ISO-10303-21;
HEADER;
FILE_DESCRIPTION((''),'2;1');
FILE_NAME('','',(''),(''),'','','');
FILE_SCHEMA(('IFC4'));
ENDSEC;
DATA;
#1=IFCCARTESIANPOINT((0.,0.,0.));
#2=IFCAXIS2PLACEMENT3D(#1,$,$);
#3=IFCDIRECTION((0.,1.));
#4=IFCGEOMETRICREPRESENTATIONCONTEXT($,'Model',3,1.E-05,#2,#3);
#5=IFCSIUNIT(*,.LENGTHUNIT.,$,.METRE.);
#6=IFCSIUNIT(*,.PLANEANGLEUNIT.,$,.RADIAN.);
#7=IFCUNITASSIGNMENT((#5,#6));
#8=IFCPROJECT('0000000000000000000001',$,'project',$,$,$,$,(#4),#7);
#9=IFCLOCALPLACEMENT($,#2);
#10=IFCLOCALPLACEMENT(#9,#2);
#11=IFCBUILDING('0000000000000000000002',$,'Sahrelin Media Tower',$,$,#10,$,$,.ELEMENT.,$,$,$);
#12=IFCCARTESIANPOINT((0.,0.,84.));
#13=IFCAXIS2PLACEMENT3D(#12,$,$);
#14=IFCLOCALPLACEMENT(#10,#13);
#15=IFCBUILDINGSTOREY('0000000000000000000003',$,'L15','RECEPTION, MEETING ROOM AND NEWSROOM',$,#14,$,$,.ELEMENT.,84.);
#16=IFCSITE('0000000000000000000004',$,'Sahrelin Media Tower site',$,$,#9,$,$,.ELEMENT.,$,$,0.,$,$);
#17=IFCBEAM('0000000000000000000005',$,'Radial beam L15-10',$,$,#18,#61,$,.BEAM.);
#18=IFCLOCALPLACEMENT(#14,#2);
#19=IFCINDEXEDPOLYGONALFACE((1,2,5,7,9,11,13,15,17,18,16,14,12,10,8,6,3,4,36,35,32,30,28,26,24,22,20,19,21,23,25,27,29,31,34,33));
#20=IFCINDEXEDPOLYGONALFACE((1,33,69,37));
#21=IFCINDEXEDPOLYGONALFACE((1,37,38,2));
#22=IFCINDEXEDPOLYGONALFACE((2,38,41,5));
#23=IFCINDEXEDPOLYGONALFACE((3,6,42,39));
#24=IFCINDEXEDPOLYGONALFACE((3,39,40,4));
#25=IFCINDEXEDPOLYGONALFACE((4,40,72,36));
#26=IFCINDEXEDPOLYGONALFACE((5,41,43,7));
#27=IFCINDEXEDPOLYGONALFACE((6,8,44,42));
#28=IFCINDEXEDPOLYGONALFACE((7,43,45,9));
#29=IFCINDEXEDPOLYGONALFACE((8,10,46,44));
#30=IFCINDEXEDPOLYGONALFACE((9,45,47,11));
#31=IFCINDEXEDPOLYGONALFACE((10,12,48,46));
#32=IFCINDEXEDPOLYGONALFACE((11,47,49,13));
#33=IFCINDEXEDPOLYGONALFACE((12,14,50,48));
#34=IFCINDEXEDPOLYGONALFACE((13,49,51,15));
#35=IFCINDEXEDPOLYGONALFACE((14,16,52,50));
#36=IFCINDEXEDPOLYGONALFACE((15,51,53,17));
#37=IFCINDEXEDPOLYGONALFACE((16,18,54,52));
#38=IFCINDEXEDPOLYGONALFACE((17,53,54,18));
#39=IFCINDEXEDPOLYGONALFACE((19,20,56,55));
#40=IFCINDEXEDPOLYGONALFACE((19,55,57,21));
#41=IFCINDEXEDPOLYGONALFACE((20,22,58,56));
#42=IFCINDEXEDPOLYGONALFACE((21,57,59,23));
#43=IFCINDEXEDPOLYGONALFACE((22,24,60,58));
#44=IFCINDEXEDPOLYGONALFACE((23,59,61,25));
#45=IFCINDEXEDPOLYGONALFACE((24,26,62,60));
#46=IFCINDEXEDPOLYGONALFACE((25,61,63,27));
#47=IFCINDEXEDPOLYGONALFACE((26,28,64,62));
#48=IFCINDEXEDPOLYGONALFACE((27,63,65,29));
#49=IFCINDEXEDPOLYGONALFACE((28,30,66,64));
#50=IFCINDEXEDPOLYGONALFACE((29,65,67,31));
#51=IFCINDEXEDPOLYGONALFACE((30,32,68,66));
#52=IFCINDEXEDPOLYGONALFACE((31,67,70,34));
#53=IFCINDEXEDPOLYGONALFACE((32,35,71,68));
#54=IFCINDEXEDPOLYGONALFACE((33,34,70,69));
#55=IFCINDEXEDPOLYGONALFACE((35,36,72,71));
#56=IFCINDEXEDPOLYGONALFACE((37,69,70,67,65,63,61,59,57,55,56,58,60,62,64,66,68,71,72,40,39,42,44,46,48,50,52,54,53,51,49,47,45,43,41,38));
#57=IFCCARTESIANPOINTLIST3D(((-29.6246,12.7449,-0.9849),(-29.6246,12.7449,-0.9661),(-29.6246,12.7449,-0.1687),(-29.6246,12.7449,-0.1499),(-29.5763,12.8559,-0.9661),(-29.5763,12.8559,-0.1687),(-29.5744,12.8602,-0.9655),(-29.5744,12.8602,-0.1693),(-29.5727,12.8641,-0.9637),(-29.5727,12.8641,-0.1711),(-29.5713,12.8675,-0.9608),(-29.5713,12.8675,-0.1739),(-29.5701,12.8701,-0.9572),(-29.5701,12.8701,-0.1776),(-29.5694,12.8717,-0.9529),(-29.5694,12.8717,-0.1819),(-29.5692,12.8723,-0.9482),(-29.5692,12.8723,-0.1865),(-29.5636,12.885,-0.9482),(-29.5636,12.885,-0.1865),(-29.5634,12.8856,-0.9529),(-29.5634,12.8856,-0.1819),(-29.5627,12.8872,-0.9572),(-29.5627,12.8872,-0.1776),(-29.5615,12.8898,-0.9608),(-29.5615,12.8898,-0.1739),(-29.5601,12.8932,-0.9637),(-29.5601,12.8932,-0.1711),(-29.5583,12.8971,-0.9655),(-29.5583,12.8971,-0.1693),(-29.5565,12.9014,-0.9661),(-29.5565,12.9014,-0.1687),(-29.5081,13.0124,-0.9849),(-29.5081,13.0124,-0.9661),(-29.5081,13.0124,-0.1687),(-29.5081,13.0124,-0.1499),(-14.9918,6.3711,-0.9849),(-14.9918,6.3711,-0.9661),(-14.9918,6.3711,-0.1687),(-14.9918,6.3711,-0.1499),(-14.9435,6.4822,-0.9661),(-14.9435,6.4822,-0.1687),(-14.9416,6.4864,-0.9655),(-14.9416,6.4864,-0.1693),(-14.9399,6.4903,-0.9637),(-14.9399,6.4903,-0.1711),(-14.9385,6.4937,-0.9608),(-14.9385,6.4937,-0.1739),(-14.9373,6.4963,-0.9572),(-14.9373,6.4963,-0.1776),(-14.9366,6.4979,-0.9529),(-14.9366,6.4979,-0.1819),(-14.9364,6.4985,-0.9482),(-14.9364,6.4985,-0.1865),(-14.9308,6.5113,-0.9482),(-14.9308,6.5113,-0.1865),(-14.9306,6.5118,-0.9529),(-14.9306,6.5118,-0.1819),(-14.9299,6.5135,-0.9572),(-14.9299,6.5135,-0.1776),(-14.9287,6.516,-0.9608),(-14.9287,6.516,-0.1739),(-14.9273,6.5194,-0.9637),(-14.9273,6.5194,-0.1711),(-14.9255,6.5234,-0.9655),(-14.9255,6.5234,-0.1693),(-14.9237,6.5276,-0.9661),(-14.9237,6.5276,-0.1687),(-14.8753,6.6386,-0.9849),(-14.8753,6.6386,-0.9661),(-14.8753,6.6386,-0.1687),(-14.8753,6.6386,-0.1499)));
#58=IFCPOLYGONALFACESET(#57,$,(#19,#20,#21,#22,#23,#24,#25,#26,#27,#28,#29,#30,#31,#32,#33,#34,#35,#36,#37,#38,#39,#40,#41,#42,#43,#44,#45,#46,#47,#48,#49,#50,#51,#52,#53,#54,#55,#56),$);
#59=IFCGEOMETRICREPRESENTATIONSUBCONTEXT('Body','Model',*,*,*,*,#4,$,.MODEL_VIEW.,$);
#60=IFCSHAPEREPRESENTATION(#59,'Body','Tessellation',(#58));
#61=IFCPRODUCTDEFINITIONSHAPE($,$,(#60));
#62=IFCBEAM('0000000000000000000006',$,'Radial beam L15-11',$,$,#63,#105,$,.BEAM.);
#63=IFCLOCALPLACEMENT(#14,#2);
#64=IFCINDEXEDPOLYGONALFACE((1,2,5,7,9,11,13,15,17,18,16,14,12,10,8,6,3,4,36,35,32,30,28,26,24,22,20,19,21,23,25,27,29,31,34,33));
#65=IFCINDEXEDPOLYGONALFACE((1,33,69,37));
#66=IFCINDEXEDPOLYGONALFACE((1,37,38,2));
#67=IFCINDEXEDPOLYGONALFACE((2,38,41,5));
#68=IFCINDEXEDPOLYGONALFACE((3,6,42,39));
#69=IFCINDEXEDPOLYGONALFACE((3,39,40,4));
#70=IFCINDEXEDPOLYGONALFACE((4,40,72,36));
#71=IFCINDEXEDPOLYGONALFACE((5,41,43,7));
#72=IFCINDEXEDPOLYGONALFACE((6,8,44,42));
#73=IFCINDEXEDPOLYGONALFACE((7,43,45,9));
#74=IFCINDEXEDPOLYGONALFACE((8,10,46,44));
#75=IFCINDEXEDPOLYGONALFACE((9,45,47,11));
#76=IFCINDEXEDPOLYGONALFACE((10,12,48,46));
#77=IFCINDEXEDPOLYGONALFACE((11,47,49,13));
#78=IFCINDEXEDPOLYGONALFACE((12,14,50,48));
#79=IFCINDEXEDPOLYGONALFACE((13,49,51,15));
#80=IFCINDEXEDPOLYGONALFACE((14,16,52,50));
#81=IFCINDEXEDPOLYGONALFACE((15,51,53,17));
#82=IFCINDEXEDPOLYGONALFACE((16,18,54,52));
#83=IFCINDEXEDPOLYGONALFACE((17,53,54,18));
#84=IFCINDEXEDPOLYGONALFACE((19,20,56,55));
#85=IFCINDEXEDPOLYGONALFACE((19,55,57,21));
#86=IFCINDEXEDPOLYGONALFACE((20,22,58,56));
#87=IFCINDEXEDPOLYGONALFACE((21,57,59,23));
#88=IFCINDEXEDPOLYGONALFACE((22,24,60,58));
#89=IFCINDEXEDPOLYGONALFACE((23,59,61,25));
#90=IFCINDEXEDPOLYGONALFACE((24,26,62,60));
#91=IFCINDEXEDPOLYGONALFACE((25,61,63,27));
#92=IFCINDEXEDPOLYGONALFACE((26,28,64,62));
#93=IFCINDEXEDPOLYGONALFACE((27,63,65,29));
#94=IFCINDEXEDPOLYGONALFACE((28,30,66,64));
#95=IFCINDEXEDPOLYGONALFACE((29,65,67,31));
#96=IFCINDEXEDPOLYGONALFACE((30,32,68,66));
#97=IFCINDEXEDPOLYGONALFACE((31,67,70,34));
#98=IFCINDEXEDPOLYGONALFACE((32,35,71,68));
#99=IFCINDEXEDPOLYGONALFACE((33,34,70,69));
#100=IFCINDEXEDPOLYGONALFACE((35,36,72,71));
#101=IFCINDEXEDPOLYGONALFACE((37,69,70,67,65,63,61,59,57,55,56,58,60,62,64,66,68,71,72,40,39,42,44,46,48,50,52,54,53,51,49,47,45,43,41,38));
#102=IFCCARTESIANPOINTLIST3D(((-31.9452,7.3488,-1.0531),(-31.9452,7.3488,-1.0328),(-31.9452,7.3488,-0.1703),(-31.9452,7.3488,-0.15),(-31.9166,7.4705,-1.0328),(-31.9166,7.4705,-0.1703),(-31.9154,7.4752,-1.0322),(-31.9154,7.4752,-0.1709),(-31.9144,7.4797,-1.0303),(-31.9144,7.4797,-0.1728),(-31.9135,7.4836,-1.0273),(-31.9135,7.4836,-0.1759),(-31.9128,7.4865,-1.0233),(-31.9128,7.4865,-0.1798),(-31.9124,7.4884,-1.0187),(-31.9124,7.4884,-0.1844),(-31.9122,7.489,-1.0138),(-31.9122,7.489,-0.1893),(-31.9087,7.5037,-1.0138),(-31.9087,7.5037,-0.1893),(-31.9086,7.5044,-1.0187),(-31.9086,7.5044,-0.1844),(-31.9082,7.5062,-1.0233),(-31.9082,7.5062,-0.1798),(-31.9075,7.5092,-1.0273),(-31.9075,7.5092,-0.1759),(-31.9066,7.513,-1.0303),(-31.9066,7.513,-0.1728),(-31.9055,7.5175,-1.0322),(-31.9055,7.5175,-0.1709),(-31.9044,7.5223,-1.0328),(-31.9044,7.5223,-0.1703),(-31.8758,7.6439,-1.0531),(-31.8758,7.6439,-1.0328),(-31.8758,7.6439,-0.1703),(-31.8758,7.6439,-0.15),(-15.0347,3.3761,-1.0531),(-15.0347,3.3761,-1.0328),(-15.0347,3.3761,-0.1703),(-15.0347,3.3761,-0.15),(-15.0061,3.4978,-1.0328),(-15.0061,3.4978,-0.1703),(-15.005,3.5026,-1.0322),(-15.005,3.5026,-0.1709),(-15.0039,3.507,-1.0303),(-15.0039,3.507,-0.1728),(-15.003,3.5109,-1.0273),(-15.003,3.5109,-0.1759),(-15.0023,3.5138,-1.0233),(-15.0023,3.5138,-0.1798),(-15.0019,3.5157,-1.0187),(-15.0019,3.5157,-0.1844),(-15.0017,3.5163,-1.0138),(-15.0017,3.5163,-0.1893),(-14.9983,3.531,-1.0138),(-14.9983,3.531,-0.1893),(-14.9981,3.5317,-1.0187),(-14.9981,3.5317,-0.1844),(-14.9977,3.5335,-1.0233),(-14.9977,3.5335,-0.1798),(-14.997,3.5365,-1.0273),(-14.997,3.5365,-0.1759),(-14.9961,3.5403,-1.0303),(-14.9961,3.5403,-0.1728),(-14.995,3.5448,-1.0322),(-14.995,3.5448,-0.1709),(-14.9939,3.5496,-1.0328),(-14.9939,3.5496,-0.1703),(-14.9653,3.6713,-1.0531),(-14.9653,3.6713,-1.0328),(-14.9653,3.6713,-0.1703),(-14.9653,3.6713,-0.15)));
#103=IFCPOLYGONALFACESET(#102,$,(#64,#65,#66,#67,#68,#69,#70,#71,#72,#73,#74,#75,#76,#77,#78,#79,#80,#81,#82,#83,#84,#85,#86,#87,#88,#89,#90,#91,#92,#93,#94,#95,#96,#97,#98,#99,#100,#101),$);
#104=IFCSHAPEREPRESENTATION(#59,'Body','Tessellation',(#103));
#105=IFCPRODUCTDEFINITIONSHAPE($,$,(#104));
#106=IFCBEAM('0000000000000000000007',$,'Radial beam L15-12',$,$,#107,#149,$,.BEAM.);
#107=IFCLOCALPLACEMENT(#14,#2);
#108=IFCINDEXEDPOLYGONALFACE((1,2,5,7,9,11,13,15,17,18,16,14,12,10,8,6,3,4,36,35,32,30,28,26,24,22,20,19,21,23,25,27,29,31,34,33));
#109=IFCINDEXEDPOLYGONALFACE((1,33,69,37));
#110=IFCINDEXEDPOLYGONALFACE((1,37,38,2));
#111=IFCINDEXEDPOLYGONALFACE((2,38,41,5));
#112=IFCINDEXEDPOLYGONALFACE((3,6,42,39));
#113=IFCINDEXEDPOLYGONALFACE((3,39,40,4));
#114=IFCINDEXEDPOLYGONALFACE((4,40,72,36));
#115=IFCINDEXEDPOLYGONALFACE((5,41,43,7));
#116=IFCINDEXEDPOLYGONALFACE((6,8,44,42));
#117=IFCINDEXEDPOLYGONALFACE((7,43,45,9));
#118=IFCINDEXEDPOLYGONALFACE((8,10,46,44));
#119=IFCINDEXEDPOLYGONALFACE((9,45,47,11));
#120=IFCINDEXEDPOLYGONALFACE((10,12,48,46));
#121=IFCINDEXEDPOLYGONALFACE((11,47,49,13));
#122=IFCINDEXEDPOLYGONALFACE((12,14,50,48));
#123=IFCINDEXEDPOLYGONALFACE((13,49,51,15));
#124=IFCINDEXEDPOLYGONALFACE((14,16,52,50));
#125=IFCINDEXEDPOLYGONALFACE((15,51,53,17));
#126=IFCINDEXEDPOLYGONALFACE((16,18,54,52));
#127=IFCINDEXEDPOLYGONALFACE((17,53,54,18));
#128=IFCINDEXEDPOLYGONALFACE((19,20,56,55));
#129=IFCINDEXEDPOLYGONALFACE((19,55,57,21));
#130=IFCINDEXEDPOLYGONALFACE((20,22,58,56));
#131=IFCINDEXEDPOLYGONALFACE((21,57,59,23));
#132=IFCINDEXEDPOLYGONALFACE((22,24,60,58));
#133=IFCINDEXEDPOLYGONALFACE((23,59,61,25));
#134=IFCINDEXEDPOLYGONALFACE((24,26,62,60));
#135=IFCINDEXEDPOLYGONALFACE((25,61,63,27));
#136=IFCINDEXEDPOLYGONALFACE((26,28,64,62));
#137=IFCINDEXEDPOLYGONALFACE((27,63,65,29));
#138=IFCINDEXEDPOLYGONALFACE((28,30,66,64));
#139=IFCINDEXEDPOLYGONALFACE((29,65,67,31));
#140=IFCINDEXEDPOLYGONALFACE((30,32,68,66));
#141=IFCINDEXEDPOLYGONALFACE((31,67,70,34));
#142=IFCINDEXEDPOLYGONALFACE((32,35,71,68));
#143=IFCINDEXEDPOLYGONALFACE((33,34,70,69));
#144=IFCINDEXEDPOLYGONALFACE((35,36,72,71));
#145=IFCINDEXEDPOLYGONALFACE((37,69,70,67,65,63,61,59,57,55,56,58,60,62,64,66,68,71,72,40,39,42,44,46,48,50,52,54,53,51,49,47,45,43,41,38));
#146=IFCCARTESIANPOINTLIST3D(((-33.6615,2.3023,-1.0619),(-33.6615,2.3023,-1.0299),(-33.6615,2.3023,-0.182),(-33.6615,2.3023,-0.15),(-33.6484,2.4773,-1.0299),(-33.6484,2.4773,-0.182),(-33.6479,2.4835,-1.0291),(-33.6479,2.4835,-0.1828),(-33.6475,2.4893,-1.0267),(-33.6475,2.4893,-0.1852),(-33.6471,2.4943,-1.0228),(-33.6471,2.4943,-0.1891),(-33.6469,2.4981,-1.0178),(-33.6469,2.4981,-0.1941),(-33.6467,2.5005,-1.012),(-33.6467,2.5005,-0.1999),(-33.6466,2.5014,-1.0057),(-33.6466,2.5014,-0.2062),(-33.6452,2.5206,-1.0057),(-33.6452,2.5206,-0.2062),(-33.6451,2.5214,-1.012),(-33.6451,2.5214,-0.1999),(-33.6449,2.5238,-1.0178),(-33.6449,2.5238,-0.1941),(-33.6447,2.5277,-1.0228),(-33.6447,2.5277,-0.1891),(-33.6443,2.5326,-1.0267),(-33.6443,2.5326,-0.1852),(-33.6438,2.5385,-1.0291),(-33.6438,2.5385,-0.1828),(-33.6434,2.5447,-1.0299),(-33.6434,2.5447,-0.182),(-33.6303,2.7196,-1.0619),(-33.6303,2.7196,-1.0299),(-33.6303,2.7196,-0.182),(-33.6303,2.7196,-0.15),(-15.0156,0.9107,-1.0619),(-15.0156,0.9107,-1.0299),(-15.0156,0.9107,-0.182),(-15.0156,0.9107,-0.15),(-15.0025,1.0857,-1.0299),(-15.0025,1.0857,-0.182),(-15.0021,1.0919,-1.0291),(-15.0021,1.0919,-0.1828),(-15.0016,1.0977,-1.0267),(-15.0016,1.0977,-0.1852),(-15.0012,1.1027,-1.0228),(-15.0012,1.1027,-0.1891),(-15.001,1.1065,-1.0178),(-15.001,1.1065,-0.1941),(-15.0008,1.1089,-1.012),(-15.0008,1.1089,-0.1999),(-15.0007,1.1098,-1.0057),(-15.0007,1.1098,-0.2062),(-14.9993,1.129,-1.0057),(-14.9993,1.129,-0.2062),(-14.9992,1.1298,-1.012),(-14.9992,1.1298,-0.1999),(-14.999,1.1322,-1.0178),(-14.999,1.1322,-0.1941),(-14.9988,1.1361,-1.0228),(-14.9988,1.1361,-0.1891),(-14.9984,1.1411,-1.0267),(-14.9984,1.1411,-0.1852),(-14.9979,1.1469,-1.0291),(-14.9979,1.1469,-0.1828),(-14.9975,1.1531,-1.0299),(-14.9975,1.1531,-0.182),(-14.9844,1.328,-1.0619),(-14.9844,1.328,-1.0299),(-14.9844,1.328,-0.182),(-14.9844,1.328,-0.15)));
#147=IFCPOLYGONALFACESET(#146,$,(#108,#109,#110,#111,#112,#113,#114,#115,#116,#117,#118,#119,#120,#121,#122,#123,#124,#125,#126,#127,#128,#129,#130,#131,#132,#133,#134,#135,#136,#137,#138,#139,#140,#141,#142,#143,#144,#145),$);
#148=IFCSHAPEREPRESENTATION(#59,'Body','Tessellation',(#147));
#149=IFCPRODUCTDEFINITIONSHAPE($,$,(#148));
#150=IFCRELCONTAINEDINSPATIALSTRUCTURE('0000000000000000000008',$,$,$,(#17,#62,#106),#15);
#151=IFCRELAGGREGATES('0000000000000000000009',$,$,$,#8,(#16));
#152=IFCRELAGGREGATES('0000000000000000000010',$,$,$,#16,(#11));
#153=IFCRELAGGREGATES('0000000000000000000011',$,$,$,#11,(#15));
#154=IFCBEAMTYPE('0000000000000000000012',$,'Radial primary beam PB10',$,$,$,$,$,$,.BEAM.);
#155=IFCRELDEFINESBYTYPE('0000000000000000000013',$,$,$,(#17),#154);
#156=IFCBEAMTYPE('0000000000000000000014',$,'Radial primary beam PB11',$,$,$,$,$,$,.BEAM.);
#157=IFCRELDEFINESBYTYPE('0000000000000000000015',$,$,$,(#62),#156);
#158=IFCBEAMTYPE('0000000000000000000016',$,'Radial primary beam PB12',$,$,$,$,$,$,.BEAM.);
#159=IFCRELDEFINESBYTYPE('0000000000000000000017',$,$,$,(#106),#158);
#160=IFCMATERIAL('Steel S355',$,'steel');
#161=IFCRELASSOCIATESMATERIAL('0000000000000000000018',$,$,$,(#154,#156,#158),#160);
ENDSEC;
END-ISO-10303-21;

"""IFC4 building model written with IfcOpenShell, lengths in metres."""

from ifc_helpers import new_model, si_unit, direction, frame, origin, origin_2d, place, context, subcontext, project, spatial, i_section, extrude, material, material_profile, profile_set, type_object, element, save


model = new_model("IFC4")

# Units and contexts
model_context = context("Model", 3, precision=1e-05, world=origin(), true_north=direction((0.0, 1.0)))
body_context = subcontext(model_context, "Body", "Model", "MODEL_VIEW")
ifc_project = project(units=[si_unit("LENGTHUNIT", "METRE"), si_unit("PLANEANGLEUNIT", "RADIAN")], contexts=[model_context])

# Site, building, storey
site_placement = place(None, origin())
site = spatial("IfcSite", under=ifc_project, at=site_placement, Name="Sahrelin Media Tower site", CompositionType="ELEMENT", RefElevation=0.0)
building_placement = place(site_placement, origin())
building = spatial("IfcBuilding", under=site, at=building_placement, Name="Sahrelin Media Tower", CompositionType="ELEMENT")
storey_placement = place(building_placement, frame((0.0, 0.0, 84.0)))
storey = spatial("IfcBuildingStorey", under=building, at=storey_placement, Name="L15", Description="RECEPTION, MEETING ROOM AND NEWSROOM", CompositionType="ELEMENT", Elevation=84.0)

# Beams
ifc_material_1 = material(Name="Steel S355", Category="steel")
ifc_material_profile_1 = material_profile(ifc_material_1, i_section(OverallWidth=0.2917, OverallDepth=0.835, WebThickness=0.0139, FlangeThickness=0.0188, FilletRadius=0.0178, at=origin_2d()), Name="UB 838x292x176")
ifc_profile_set_1 = profile_set([ifc_material_profile_1], Name="Steel S355")
beam_type_1 = type_object("IfcBeamType", Name="Radial primary beam PB10", PredefinedType="BEAM", material=ifc_profile_set_1)
beam_1_placement = place(storey_placement, frame((-14.9336, 6.5049, -0.5674), z_axis=(-0.916802, 0.399342, 0.0), x_axis=(-0.399342, -0.916802, 0.0)))
element("IfcBeam", 1, at=beam_1_placement, inside=storey, type_object=beam_type_1, Name="Radial beam L15-10", PredefinedType="BEAM", context=body_context, shape_type="SweptSolid", body=[
    extrude(i_section(OverallWidth=0.2917, OverallDepth=0.835, WebThickness=0.0139, FlangeThickness=0.0188, FilletRadius=0.0178, at=origin_2d()), origin(), (0.0, 0.0, 1.0), 15.9607),
])
ifc_material_profile_2 = material_profile(ifc_material_1, i_section(OverallWidth=0.3032, OverallDepth=0.9031, WebThickness=0.0151, FlangeThickness=0.0203, FilletRadius=0.019, at=origin_2d()), Name="UB 914x305x201")
ifc_profile_set_2 = profile_set([ifc_material_profile_2], Name="Steel S355")
beam_type_2 = type_object("IfcBeamType", Name="Radial primary beam PB11", PredefinedType="BEAM", material=ifc_profile_set_2)
beam_2_placement = place(storey_placement, frame((-15.0, 3.5237, -0.6016), z_axis=(-0.973497, 0.228698, 0.0), x_axis=(-0.228698, -0.973497, 0.0)))
element("IfcBeam", 2, at=beam_2_placement, inside=storey, type_object=beam_type_2, Name="Radial beam L15-11", PredefinedType="BEAM", context=body_context, shape_type="SweptSolid", body=[
    extrude(i_section(OverallWidth=0.3032, OverallDepth=0.9031, WebThickness=0.0151, FlangeThickness=0.0203, FilletRadius=0.019, at=origin_2d()), origin(), (0.0, 0.0, 1.0), 17.3708),
])
ifc_material_profile_3 = material_profile(ifc_material_1, i_section(OverallWidth=0.4185, OverallDepth=0.9119, WebThickness=0.0193, FlangeThickness=0.032, FilletRadius=0.0242, at=origin_2d()), Name="UB 914x419x343")
ifc_profile_set_3 = profile_set([ifc_material_profile_3], Name="Steel S355")
beam_type_3 = type_object("IfcBeamType", Name="Radial primary beam PB12", PredefinedType="BEAM", material=ifc_profile_set_3)
beam_3_placement = place(storey_placement, frame((-15.0, 1.1194, -0.606), z_axis=(-0.997227, 0.074426, 0.0), x_axis=(-0.074426, -0.997227, 0.0)))
element("IfcBeam", 3, at=beam_3_placement, inside=storey, type_object=beam_type_3, Name="Radial beam L15-12", PredefinedType="BEAM", context=body_context, shape_type="SweptSolid", body=[
    extrude(i_section(OverallWidth=0.4185, OverallDepth=0.9119, WebThickness=0.0193, FlangeThickness=0.032, FilletRadius=0.0242, at=origin_2d()), origin(), (0.0, 0.0, 1.0), 18.6978),
])

save(model, "model.ifc")
